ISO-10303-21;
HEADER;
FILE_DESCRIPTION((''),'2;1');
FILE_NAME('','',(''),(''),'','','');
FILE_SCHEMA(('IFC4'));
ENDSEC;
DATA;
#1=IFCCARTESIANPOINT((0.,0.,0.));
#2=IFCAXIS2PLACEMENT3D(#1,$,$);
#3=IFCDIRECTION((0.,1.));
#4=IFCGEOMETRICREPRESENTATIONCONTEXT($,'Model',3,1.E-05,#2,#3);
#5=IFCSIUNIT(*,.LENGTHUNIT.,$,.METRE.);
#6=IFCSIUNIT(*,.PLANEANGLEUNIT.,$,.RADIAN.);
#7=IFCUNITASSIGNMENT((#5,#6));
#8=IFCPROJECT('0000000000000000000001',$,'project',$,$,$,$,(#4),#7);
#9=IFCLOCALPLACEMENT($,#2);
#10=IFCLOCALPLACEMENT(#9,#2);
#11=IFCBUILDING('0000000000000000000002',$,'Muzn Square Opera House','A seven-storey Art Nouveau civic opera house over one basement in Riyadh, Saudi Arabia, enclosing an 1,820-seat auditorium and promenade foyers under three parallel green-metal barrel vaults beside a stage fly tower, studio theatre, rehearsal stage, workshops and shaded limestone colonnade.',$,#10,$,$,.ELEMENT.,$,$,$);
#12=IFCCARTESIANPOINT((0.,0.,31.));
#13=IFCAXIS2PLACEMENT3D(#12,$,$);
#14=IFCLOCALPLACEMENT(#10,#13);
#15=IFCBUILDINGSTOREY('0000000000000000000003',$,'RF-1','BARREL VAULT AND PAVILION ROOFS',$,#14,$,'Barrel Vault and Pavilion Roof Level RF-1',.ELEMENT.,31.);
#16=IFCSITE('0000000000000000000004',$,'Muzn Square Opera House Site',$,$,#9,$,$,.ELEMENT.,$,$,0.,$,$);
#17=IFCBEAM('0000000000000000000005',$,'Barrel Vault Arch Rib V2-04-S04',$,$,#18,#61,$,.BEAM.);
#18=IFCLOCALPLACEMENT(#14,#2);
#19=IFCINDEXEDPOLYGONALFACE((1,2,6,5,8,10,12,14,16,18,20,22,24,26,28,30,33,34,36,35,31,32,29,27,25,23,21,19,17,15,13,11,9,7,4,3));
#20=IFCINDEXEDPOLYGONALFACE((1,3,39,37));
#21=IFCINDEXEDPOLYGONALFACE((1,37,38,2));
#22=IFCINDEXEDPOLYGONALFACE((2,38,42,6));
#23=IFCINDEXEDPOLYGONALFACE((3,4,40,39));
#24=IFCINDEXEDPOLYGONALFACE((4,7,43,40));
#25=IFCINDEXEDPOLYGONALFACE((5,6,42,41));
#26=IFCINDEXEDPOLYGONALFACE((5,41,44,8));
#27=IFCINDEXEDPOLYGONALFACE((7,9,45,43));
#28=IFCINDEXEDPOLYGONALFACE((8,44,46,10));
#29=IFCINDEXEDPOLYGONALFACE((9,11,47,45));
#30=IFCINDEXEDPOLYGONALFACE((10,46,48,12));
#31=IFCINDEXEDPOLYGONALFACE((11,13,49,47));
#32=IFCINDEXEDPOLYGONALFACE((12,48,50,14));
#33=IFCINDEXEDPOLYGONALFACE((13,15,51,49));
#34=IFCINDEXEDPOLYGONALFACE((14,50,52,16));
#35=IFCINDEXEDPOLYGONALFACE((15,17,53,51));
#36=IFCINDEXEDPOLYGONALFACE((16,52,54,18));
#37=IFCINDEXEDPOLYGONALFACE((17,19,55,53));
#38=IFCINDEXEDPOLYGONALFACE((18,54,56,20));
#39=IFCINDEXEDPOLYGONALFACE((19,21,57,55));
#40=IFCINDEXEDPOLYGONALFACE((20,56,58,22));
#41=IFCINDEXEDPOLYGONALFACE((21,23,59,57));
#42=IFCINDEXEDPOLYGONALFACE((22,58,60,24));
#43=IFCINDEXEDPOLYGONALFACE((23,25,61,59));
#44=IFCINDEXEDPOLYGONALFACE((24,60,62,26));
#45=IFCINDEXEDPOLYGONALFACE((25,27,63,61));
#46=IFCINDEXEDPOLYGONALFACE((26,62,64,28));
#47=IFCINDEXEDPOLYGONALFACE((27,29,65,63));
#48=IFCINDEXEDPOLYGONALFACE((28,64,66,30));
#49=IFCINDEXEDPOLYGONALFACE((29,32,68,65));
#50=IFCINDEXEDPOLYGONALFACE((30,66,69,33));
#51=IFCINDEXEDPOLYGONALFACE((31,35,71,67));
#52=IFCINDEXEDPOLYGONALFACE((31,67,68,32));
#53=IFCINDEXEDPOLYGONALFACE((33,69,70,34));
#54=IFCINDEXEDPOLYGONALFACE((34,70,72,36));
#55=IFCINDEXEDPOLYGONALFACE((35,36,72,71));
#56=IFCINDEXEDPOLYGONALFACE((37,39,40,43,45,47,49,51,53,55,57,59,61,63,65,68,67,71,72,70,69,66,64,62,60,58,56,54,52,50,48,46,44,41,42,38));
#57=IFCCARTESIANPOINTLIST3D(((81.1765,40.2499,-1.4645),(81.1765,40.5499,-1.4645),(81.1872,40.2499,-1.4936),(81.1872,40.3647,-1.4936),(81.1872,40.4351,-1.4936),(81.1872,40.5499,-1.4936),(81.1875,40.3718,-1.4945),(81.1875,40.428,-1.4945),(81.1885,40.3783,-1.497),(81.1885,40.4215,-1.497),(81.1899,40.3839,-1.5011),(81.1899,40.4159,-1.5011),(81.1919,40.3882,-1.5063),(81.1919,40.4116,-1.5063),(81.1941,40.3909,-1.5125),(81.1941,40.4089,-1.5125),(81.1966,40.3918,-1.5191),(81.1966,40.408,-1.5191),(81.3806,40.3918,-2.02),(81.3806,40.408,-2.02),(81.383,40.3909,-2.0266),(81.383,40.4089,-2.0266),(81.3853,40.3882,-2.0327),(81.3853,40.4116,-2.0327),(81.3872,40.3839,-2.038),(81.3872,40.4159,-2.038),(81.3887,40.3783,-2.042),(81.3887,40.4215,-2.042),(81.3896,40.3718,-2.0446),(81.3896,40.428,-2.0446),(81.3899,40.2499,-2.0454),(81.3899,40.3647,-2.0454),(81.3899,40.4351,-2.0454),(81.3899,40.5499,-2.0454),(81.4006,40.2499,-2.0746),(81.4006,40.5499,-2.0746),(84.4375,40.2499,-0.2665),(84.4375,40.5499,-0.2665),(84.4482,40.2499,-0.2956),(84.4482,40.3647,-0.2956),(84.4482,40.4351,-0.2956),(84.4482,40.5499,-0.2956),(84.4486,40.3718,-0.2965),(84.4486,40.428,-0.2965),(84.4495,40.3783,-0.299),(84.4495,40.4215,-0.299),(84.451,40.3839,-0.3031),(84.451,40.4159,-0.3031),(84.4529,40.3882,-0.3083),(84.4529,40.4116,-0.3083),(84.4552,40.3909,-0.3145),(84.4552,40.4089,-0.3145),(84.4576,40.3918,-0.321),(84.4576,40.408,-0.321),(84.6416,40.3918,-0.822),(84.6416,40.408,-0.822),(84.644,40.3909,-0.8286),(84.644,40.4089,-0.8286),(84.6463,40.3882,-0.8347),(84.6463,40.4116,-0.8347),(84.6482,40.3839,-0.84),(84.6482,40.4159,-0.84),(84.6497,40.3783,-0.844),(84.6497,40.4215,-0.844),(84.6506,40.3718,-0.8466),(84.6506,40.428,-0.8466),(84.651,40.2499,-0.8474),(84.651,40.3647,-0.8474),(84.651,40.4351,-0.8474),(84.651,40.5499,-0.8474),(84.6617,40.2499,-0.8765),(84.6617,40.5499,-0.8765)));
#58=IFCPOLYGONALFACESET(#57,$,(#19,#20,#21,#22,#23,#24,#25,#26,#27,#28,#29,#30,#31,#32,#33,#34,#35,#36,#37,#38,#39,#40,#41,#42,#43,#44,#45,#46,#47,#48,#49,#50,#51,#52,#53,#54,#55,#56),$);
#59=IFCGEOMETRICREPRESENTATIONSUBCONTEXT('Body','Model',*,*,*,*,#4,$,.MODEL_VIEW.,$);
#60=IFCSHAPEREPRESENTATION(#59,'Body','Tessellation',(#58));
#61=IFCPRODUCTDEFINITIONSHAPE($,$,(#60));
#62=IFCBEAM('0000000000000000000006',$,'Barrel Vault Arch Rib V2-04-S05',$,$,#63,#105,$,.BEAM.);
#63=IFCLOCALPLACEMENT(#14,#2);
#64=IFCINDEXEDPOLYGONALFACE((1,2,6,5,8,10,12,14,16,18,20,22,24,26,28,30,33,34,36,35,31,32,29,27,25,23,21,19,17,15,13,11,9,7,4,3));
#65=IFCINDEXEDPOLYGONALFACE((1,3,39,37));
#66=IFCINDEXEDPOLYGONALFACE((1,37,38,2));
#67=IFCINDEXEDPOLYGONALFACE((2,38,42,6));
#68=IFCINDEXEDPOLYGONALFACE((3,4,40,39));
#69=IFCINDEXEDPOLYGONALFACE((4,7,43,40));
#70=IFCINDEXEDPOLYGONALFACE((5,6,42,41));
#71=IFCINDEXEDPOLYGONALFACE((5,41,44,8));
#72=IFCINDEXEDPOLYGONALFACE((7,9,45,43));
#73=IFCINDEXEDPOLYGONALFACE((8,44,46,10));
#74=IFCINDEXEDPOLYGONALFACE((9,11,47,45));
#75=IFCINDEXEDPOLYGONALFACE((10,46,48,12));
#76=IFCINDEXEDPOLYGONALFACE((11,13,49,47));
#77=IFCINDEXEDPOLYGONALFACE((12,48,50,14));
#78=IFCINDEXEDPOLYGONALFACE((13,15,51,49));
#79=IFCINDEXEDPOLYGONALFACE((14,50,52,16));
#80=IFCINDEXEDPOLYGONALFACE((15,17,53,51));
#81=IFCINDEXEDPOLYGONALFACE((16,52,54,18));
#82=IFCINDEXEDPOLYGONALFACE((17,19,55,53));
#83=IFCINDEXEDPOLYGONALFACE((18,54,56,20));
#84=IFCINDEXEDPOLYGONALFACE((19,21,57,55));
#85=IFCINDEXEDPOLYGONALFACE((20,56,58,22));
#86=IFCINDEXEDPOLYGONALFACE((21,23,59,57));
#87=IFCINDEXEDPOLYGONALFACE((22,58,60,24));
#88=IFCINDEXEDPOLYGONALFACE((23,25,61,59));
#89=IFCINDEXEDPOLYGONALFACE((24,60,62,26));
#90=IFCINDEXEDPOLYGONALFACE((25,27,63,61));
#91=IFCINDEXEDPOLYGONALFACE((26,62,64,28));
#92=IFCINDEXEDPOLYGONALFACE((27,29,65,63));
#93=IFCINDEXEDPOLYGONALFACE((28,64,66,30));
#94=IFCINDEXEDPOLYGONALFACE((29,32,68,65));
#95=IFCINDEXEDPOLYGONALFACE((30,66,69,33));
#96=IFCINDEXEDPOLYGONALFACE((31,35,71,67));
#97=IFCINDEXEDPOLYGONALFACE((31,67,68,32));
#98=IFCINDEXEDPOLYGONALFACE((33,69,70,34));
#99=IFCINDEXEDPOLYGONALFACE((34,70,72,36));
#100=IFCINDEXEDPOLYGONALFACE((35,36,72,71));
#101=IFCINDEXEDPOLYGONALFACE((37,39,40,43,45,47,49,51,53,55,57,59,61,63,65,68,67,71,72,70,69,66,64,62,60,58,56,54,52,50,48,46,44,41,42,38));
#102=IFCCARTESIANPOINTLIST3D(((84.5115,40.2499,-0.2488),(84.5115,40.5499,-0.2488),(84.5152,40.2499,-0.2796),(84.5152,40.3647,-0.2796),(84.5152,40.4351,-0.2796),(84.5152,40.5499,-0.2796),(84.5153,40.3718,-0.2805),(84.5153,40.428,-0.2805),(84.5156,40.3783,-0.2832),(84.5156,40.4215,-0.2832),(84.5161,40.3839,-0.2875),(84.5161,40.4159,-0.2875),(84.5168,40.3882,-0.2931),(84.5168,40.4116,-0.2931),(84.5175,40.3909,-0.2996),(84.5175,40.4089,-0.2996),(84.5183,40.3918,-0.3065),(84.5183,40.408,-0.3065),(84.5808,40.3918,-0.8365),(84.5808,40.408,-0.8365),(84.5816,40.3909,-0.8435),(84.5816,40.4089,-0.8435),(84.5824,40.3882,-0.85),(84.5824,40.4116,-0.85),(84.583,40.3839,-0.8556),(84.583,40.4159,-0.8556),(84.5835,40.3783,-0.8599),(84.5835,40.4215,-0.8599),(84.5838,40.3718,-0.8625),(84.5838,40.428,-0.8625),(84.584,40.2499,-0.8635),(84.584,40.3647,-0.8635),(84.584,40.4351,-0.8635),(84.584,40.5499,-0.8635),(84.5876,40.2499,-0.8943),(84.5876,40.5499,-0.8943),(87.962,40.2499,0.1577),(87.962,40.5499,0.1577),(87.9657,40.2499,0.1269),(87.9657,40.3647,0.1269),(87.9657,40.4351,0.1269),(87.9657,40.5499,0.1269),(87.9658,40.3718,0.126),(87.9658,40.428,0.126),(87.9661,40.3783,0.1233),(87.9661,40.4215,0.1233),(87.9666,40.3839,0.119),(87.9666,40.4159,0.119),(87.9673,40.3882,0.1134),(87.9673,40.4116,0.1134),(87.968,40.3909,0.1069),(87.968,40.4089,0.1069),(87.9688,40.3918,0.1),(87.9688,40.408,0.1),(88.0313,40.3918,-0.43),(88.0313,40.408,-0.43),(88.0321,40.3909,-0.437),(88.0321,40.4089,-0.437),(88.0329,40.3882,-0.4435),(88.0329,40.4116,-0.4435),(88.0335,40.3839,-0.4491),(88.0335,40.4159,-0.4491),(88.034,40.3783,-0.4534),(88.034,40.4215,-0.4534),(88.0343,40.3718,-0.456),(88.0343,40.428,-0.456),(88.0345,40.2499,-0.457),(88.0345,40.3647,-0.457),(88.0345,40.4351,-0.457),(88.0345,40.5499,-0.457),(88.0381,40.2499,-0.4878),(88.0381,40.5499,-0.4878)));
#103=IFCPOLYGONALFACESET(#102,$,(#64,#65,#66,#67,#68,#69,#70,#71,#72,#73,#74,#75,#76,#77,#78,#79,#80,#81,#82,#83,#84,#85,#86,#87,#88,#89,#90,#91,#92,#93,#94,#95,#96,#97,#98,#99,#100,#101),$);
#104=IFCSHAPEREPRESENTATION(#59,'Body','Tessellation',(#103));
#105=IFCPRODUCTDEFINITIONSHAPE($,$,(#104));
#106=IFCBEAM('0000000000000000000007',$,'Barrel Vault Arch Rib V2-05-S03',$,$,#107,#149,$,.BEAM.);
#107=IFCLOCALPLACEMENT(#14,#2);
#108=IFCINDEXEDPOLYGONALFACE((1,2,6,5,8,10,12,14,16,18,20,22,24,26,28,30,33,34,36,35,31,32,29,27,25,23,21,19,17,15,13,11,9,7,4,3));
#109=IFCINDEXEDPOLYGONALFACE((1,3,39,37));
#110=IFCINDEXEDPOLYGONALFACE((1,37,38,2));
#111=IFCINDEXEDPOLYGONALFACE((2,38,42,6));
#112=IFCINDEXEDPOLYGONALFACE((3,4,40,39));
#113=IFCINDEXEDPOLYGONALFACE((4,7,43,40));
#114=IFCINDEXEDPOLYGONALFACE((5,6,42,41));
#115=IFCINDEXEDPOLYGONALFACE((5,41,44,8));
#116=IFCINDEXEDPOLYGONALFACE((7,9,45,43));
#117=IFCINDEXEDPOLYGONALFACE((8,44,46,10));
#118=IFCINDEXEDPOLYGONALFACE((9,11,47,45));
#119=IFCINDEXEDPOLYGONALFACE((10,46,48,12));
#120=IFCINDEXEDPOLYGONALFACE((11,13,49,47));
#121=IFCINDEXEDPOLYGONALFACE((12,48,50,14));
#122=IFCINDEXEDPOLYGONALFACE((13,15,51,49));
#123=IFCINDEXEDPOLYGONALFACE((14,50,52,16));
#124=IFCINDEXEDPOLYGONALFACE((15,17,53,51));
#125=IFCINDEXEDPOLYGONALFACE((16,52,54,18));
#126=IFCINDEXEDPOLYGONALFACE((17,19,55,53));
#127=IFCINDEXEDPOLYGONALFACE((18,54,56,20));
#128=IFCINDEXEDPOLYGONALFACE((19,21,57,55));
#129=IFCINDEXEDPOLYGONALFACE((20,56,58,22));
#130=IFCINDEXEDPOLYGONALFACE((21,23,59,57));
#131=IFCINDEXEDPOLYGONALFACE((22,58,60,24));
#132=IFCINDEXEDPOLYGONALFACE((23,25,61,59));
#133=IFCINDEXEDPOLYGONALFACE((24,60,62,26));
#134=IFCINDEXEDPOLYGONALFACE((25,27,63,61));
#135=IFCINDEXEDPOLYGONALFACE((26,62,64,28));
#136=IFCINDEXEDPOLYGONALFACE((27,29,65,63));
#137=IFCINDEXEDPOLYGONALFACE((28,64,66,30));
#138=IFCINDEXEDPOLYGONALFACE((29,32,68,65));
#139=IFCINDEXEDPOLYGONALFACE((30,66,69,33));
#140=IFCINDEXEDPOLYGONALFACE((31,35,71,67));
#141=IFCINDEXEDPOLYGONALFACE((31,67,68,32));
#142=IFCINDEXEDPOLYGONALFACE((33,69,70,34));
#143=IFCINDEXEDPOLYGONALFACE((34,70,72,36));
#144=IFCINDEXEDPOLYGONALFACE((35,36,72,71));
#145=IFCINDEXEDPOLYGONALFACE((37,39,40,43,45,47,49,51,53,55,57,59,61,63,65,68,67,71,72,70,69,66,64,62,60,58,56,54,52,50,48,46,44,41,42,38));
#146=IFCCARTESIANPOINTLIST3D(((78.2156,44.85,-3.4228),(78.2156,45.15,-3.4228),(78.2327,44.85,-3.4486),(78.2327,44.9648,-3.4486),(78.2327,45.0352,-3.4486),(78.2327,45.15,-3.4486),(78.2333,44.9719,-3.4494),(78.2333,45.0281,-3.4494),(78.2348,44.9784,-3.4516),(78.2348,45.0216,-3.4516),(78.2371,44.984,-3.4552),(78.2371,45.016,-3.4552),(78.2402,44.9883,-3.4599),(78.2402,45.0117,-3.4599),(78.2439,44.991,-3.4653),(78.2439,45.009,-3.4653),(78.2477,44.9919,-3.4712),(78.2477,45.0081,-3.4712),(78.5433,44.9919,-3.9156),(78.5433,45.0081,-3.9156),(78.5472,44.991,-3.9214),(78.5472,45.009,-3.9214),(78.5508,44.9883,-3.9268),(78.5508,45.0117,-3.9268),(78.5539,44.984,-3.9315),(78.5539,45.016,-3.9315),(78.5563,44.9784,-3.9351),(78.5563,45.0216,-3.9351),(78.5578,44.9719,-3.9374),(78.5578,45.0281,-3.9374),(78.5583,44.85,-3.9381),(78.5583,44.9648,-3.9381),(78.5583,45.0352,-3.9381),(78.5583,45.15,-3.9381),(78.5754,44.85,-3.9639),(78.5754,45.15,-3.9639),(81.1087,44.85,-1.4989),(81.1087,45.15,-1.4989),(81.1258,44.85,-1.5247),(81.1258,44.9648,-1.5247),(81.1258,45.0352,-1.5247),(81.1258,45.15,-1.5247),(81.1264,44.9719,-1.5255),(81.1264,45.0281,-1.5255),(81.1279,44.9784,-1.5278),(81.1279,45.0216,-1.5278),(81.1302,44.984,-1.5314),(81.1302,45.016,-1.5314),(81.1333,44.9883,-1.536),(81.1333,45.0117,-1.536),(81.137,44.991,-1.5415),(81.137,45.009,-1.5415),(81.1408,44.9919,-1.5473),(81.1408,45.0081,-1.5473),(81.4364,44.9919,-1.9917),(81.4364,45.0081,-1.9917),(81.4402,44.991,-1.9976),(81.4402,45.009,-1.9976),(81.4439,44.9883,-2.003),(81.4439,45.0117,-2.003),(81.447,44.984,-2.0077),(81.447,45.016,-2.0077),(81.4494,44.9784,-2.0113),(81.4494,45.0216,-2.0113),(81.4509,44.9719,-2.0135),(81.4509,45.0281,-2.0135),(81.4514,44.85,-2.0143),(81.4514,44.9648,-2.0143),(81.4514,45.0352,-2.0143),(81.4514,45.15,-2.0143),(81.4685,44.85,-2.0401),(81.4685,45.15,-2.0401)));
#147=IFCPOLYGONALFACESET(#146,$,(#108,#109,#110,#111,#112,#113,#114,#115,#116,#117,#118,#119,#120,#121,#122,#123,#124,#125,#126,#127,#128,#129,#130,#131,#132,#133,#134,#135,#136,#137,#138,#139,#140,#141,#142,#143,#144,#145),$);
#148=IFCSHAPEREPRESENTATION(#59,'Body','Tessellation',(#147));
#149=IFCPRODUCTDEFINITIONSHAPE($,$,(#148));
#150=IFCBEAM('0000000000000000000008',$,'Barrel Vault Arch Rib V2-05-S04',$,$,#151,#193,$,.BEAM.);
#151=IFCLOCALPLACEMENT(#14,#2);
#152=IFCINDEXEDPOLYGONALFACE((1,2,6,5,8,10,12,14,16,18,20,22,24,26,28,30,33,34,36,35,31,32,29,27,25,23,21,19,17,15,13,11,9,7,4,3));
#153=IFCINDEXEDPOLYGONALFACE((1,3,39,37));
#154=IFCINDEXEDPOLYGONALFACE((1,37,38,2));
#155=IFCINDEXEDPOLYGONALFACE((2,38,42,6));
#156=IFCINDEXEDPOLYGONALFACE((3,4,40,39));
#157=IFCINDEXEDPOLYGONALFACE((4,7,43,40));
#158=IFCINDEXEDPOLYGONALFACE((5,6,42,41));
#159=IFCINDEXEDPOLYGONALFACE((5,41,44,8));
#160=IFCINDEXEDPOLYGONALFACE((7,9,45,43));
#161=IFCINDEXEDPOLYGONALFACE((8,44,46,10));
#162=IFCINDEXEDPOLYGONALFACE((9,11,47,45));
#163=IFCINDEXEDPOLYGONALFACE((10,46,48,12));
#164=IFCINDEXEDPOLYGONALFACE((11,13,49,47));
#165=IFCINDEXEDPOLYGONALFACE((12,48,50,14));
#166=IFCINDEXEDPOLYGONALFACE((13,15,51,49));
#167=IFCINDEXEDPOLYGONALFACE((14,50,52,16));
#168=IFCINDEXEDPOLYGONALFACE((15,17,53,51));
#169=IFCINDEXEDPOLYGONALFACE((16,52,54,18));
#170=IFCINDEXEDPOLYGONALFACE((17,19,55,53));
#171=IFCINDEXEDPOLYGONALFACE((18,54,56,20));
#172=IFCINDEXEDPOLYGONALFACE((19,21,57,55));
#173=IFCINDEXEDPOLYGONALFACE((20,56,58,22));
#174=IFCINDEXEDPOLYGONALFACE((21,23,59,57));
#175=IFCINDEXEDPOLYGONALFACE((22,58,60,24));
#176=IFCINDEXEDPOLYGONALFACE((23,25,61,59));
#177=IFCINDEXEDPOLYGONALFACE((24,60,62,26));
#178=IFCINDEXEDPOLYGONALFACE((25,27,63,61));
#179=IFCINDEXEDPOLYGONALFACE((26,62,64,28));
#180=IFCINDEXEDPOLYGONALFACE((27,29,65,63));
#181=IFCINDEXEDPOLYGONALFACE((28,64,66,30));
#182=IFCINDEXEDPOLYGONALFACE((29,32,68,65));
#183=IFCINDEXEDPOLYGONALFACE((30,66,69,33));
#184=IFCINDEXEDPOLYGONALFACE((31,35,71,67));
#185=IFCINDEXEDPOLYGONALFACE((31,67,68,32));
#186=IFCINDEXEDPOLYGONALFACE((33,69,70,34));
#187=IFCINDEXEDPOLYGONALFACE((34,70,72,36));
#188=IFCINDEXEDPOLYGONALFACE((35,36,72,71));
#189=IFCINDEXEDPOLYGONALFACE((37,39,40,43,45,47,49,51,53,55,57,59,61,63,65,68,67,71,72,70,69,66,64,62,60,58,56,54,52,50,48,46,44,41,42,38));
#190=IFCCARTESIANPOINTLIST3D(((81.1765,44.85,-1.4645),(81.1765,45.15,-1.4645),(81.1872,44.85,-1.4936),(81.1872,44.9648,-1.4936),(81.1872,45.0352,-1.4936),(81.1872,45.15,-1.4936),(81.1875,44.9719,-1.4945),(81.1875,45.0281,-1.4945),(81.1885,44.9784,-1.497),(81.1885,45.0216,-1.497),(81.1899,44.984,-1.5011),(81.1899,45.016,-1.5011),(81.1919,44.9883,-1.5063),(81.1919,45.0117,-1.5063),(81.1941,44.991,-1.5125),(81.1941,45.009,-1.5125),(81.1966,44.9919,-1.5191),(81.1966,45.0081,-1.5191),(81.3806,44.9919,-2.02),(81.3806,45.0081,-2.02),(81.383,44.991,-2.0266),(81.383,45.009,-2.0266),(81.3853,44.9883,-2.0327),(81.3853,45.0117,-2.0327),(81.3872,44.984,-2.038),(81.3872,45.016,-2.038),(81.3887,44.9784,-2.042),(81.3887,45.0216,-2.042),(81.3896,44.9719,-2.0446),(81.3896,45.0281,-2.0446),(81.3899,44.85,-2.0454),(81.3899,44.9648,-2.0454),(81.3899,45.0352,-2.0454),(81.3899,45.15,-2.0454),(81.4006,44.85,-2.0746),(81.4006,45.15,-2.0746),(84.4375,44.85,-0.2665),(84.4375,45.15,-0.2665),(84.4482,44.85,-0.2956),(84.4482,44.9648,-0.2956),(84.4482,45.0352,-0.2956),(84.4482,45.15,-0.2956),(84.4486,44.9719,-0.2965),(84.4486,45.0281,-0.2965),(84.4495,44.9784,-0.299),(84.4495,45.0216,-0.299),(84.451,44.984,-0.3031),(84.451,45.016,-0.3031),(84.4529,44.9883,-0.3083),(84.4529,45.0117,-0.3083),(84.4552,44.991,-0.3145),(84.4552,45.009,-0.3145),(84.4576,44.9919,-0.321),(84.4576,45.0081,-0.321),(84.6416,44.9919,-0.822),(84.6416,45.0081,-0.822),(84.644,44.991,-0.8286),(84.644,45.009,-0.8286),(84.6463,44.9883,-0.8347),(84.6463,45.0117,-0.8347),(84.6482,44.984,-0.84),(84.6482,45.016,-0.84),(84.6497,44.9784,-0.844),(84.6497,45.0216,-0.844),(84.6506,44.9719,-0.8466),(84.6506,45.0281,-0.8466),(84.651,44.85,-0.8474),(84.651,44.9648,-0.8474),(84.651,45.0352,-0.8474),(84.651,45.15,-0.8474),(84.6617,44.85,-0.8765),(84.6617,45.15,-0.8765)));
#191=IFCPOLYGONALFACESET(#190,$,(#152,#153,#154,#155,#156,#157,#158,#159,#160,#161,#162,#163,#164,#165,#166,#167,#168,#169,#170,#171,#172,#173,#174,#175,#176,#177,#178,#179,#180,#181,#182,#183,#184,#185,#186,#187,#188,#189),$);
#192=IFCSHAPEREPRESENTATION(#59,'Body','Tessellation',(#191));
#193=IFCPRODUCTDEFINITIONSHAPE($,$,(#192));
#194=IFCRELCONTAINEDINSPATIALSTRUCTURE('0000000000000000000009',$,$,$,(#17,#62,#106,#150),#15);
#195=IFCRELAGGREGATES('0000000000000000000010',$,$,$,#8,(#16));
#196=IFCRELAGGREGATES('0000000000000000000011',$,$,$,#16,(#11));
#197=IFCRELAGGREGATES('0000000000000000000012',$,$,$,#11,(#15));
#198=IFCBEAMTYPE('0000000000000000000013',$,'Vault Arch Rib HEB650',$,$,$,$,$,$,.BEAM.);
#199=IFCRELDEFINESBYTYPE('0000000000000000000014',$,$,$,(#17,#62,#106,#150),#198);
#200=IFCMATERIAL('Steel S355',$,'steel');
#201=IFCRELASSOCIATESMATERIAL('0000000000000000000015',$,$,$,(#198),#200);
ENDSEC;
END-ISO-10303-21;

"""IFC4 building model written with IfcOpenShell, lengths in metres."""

from ifc_helpers import new_model, si_unit, direction, frame, origin, origin_2d, place, context, subcontext, project, spatial, i_section, extrude, material, material_profile, profile_set, type_object, element, save


model = new_model("IFC4")

# Units and contexts
model_context = context("Model", 3, precision=1e-05, world=origin(), true_north=direction((0.0, 1.0)))
body_context = subcontext(model_context, "Body", "Model", "MODEL_VIEW")
ifc_project = project(units=[si_unit("LENGTHUNIT", "METRE"), si_unit("PLANEANGLEUNIT", "RADIAN")], contexts=[model_context])

# Site, building, storey
site_placement = place(None, origin())
site = spatial("IfcSite", under=ifc_project, at=site_placement, Name="Muzn Square Opera House Site", CompositionType="ELEMENT", RefElevation=0.0)
building_placement = place(site_placement, origin())
building = spatial("IfcBuilding", under=site, at=building_placement, Name="Muzn Square Opera House", Description="A seven-storey Art Nouveau civic opera house over one basement in Riyadh, Saudi Arabia, enclosing an 1,820-seat auditorium and promenade foyers under three parallel green-metal barrel vaults beside a stage fly tower, studio theatre, rehearsal stage, workshops and shaded limestone colonnade.", CompositionType="ELEMENT")
storey_placement = place(building_placement, frame((0.0, 0.0, 31.0)))
storey = spatial("IfcBuildingStorey", under=building, at=storey_placement, Name="RF-1", Description="BARREL VAULT AND PAVILION ROOFS", LongName="Barrel Vault and Pavilion Roof Level RF-1", CompositionType="ELEMENT", Elevation=31.0)

# Beams
ifc_material_1 = material(Name="Steel S355", Category="steel")
ifc_material_profile_1 = material_profile(ifc_material_1, i_section(OverallWidth=0.3, OverallDepth=0.6499, WebThickness=0.0161, FlangeThickness=0.031, FilletRadius=0.0271, at=origin_2d()), Name="HEB 650", Category="steel")
ifc_profile_set_1 = profile_set([ifc_material_profile_1], Name="Steel S355")
beam_type_1 = type_object("IfcBeamType", Name="Vault Arch Rib HEB650", PredefinedType="BEAM", material=ifc_profile_set_1)
beam_1_placement = place(storey_placement, frame((81.2886, 40.3999, -1.7695), z_axis=(0.938662, 0.0, 0.344839), x_axis=(0.0, 1.0, 0.0)))
element("IfcBeam", 1, at=beam_1_placement, inside=storey, type_object=beam_type_1, Name="Barrel Vault Arch Rib V2-04-S04", PredefinedType="BEAM", context=body_context, shape_type="SweptSolid", body=[
    extrude(i_section(OverallWidth=0.3, OverallDepth=0.6499, WebThickness=0.0161, FlangeThickness=0.031, FilletRadius=0.0271, at=origin_2d()), origin(), (0.0, 0.0, 1.0), 3.4741),
])
for number, where, z_axis, x_axis, name in (
    (2, (84.5496, 40.3999, -0.5715), (0.993132, 0.0, 0.117), (0.0, 1.0, 0.0), "Barrel Vault Arch Rib V2-04-S05"),
    (3, (78.3955, 45.0, -3.6934), (0.832698, 0.0, 0.553727), (0.0, 1.0, 0.0), "Barrel Vault Arch Rib V2-05-S03"),
):
    element("IfcBeam", number, at=place(storey_placement, frame(where, z_axis=z_axis, x_axis=x_axis)), inside=storey, type_object=beam_type_1, Name=name, PredefinedType="BEAM", context=body_context, shape_type="SweptSolid", body=[
        extrude(i_section(OverallWidth=0.3, OverallDepth=0.6499, WebThickness=0.0161, FlangeThickness=0.031, FilletRadius=0.0271, at=origin_2d()), origin(), (0.0, 0.0, 1.0), 3.4744),
    ])
beam_2_placement = place(storey_placement, frame((81.2886, 45.0, -1.7695), z_axis=(0.938662, 0.0, 0.344839), x_axis=(0.0, 1.0, 0.0)))
element("IfcBeam", 4, at=beam_2_placement, inside=storey, type_object=beam_type_1, Name="Barrel Vault Arch Rib V2-05-S04", PredefinedType="BEAM", context=body_context, shape_type="SweptSolid", body=[
    extrude(i_section(OverallWidth=0.3, OverallDepth=0.6499, WebThickness=0.0161, FlangeThickness=0.031, FilletRadius=0.0271, at=origin_2d()), origin(), (0.0, 0.0, 1.0), 3.4741),
])

save(model, "model.ifc")
